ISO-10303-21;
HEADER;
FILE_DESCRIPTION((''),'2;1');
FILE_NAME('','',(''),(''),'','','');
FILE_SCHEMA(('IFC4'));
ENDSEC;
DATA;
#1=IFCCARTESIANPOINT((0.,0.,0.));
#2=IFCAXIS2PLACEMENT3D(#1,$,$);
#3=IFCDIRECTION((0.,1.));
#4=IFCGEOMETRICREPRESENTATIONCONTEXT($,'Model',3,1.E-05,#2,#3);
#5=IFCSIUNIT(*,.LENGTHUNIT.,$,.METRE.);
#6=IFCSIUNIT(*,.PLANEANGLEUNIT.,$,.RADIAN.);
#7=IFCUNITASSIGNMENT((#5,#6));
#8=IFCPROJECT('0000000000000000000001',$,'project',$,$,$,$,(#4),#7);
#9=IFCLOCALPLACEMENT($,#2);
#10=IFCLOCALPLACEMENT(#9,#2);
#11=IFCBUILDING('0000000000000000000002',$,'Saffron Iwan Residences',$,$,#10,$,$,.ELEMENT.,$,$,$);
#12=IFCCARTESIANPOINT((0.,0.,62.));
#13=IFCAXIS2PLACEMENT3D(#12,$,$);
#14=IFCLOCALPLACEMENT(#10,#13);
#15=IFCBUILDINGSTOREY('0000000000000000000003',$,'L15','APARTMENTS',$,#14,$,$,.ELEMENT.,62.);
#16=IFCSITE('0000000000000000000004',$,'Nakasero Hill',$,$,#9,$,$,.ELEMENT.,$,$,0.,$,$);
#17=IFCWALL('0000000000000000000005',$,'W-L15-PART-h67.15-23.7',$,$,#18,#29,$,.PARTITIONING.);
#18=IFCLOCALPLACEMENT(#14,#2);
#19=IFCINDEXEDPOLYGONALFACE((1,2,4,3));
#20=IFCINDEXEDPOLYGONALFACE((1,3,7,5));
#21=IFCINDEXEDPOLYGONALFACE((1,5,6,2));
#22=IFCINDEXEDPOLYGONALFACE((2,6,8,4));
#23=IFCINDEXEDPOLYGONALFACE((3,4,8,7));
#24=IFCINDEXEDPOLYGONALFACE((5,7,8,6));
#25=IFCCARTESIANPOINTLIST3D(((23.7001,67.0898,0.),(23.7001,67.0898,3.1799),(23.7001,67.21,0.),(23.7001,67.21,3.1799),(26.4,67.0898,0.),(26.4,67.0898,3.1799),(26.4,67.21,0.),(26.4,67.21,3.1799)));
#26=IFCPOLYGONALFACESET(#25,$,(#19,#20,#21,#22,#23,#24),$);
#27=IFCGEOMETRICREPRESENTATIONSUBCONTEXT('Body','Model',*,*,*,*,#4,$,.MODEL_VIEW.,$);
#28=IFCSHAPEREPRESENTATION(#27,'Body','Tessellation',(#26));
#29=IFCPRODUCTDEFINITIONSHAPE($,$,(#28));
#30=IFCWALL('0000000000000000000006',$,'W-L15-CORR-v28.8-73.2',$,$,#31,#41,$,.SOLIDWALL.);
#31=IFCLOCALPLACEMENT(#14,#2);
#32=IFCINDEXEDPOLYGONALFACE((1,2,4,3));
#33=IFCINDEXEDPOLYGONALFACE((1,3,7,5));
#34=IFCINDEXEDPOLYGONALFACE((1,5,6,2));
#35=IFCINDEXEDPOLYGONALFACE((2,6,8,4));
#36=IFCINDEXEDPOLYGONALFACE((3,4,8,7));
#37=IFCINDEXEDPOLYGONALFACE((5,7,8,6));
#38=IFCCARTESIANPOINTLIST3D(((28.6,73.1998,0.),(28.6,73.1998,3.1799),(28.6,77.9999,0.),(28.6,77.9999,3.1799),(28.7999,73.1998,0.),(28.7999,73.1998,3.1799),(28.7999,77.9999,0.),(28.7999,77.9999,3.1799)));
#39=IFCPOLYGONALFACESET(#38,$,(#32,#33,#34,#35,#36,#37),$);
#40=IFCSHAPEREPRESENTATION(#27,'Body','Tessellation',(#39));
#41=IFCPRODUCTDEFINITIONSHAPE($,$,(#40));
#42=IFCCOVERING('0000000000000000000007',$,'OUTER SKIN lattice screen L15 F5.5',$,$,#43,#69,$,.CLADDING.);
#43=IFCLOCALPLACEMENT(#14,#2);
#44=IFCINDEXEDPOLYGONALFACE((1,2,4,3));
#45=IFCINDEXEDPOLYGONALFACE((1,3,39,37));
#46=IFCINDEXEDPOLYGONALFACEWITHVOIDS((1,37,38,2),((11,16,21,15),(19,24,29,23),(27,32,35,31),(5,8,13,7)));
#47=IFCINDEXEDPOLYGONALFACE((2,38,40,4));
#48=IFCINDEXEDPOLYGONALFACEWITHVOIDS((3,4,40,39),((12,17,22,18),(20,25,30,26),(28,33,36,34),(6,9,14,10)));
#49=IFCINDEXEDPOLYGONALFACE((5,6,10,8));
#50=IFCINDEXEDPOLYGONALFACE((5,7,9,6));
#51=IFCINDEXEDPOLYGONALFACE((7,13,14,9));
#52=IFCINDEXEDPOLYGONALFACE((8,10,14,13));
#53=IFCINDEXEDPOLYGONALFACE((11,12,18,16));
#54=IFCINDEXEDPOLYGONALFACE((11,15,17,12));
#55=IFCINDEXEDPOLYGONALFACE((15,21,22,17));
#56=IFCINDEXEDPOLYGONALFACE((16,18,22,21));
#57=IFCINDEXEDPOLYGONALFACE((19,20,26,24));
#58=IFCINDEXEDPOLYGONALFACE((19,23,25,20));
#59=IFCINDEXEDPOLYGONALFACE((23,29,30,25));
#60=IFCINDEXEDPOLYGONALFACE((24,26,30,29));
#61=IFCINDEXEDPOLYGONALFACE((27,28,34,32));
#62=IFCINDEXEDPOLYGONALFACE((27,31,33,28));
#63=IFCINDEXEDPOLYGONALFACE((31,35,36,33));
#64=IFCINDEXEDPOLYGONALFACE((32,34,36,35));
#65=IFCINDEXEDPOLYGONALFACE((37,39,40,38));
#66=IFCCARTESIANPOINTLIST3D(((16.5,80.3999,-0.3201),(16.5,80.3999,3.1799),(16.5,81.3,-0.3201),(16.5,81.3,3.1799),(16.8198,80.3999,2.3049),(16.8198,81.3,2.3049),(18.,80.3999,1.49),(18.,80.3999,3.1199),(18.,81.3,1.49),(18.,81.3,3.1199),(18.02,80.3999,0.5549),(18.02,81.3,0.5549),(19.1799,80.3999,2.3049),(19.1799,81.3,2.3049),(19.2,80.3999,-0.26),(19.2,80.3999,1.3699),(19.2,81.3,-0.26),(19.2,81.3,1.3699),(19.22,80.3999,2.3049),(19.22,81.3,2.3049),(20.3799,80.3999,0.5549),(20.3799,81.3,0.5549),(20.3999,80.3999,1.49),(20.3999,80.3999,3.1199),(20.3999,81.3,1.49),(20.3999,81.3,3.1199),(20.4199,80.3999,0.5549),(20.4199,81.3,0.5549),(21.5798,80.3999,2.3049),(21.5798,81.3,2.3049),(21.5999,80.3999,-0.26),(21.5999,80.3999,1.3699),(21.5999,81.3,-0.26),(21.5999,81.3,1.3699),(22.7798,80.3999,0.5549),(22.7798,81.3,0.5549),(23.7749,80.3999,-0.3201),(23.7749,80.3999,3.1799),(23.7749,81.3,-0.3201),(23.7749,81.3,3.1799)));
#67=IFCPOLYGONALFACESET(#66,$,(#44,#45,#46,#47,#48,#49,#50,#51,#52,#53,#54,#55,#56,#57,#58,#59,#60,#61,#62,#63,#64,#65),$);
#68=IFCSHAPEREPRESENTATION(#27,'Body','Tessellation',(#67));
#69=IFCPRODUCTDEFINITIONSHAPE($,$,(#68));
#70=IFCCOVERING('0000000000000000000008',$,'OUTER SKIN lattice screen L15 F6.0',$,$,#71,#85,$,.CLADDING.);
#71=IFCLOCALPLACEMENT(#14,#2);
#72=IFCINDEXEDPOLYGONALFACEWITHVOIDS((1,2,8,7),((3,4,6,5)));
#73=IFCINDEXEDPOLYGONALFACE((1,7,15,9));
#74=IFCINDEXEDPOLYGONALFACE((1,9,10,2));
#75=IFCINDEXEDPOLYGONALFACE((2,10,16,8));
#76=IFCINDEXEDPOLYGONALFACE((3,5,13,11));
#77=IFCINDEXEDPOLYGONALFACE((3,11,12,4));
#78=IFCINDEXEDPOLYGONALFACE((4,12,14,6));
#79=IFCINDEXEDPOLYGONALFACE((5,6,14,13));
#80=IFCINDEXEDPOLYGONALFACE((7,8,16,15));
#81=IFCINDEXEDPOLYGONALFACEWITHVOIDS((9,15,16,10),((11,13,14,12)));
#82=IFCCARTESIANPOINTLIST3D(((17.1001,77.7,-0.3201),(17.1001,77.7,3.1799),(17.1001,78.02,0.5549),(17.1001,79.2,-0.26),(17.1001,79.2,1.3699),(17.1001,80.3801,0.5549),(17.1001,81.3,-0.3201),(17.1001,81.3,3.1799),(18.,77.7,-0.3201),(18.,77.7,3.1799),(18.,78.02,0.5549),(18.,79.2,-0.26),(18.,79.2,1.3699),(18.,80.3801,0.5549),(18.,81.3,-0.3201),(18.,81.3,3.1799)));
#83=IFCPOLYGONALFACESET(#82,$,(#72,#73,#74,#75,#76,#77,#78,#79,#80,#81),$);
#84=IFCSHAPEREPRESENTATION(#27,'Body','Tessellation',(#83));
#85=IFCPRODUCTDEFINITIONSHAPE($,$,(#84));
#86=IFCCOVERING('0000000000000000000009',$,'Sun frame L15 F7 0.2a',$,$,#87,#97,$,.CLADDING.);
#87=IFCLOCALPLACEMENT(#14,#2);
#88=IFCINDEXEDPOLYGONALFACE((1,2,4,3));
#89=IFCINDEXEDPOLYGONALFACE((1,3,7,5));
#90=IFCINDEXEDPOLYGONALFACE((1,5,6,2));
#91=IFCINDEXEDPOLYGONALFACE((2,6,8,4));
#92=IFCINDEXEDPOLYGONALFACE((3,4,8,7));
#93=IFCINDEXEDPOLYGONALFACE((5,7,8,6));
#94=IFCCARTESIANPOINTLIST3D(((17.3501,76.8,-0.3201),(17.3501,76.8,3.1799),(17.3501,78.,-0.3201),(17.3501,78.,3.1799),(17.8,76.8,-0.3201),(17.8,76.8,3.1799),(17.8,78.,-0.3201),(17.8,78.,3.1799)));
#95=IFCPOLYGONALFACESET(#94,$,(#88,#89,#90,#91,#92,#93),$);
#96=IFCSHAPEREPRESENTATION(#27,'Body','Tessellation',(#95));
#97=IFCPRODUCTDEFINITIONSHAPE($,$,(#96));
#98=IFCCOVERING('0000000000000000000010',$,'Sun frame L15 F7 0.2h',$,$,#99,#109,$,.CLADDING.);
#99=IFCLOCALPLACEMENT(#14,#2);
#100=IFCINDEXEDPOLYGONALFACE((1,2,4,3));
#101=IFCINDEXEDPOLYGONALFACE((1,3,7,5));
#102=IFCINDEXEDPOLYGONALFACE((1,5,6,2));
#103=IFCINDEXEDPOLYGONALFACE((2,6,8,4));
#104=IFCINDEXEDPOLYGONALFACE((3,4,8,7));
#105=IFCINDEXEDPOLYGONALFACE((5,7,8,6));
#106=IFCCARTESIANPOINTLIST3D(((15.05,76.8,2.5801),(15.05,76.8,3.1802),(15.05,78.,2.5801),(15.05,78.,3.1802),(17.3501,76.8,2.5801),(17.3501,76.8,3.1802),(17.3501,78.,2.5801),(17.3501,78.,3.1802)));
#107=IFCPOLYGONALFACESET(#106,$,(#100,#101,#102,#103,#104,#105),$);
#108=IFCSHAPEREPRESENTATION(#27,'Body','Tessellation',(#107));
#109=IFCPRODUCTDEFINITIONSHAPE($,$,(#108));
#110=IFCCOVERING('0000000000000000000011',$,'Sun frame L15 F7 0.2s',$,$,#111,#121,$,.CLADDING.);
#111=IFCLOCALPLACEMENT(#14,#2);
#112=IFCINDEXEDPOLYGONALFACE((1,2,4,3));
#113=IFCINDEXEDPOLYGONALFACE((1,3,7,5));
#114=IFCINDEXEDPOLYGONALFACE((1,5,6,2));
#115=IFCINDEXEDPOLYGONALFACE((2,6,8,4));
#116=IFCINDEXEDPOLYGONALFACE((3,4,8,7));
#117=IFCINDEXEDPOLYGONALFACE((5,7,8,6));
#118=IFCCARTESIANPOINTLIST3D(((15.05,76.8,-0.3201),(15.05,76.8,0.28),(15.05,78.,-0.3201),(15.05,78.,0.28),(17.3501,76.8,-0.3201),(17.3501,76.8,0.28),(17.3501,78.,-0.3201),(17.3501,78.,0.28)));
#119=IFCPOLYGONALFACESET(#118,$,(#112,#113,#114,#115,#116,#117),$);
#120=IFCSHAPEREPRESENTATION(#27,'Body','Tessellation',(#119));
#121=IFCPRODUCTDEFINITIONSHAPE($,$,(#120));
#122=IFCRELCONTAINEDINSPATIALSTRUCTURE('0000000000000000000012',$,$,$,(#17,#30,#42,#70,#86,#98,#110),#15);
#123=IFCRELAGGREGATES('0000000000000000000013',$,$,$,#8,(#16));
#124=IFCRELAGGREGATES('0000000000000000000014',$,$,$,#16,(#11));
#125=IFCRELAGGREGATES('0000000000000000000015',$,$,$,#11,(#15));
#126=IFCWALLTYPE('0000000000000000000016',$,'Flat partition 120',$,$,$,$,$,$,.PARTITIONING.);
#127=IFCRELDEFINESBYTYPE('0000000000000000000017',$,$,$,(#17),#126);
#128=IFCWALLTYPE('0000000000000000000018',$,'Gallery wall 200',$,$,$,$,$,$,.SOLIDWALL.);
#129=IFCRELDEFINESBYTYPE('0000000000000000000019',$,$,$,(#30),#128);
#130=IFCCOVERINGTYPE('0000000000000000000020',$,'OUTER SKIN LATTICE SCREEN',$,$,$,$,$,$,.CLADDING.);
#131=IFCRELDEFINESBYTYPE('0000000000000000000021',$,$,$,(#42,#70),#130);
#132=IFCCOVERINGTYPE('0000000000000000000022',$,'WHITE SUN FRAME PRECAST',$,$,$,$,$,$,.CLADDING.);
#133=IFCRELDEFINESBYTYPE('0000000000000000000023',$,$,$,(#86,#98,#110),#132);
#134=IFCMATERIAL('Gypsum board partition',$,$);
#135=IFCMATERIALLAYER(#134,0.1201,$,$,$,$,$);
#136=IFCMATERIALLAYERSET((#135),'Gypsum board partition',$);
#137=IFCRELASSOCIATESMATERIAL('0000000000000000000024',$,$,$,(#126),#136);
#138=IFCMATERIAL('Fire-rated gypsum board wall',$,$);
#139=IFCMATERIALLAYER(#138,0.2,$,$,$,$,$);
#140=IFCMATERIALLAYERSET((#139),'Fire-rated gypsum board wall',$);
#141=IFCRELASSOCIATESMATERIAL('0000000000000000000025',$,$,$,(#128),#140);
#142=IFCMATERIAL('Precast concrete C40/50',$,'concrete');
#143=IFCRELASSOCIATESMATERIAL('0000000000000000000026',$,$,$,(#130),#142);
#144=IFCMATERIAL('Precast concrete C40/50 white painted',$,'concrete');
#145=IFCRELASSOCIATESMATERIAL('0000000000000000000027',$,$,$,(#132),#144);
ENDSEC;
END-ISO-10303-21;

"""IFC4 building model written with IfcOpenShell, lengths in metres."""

from ifc_helpers import new_model, si_unit, direction, frame, frame_2d, origin, place, context, subcontext, project, spatial, polyline, rectangle, outline, extrude, material, layer, layer_set, type_object, element, save


model = new_model("IFC4")

# Units and contexts
model_context = context("Model", 3, precision=1e-05, world=origin(), true_north=direction((0.0, 1.0)))
body_context = subcontext(model_context, "Body", "Model", "MODEL_VIEW")
ifc_project = project(units=[si_unit("LENGTHUNIT", "METRE"), si_unit("PLANEANGLEUNIT", "RADIAN")], contexts=[model_context])

# Site, building, storey
site_placement = place(None, origin())
site = spatial("IfcSite", under=ifc_project, at=site_placement, Name="Nakasero Hill", CompositionType="ELEMENT", RefElevation=0.0)
building_placement = place(site_placement, origin())
building = spatial("IfcBuilding", under=site, at=building_placement, Name="Saffron Iwan Residences", CompositionType="ELEMENT")
storey_placement = place(building_placement, frame((0.0, 0.0, 62.0)))
storey = spatial("IfcBuildingStorey", under=building, at=storey_placement, Name="L15", Description="APARTMENTS", CompositionType="ELEMENT", Elevation=62.0)

# Walls
ifc_material_1 = material(Name="Gypsum board partition")
ifc_layer_1 = layer(ifc_material_1, 0.1201)
ifc_layer_set_1 = layer_set([ifc_layer_1], Name="Gypsum board partition")
wall_type_1 = type_object("IfcWallType", Name="Flat partition 120", PredefinedType="PARTITIONING", material=ifc_layer_set_1)
wall_1_placement = place(storey_placement, frame((23.7, 67.1499, 0.0), z_axis=(0.0, 0.0, 1.0), x_axis=(1.0, 0.0, 0.0)))
element("IfcWall", 1, at=wall_1_placement, inside=storey, type_object=wall_type_1, Name="W-L15-PART-h67.15-23.7", PredefinedType="PARTITIONING", context=body_context, shape_type="SweptSolid", body=[
    extrude(rectangle(XDim=2.7, YDim=0.1201, at=frame_2d((1.3501, 0.0))), origin(), (0.0, 0.0, 1.0), 3.1799),
])
ifc_material_2 = material(Name="Fire-rated gypsum board wall")
ifc_layer_2 = layer(ifc_material_2, 0.2)
ifc_layer_set_2 = layer_set([ifc_layer_2], Name="Fire-rated gypsum board wall")
wall_type_2 = type_object("IfcWallType", Name="Gallery wall 200", PredefinedType="SOLIDWALL", material=ifc_layer_set_2)
wall_2_placement = place(storey_placement, frame((28.7, 73.2, 0.0), z_axis=(0.0, 0.0, 1.0), x_axis=(0.0, 1.0, 0.0)))
element("IfcWall", 2, at=wall_2_placement, inside=storey, type_object=wall_type_2, Name="W-L15-CORR-v28.8-73.2", PredefinedType="SOLIDWALL", context=body_context, shape_type="SweptSolid", body=[
    extrude(rectangle(XDim=4.8, YDim=0.2, at=frame_2d((2.3999, 0.0))), origin(), (0.0, 0.0, 1.0), 3.1799),
])

# Coverings
ifc_material_3 = material(Name="Precast concrete C40/50", Category="concrete")
covering_type_1 = type_object("IfcCoveringType", Name="OUTER SKIN LATTICE SCREEN", PredefinedType="CLADDING", material=ifc_material_3)
covering_1_placement = place(storey_placement, frame((23.7749, 80.3999, -0.3201), z_axis=(0.0, 1.0, 0.0), x_axis=(-1.0, 0.0, 0.0)))
element("IfcCovering", 3, at=covering_1_placement, inside=storey, type_object=covering_type_1, Name="OUTER SKIN lattice screen L15 F5.5", PredefinedType="CLADDING", context=body_context, shape_type="SweptSolid", body=[
    extrude(outline(polyline([(0.0, 0.0), (7.2749, 0.0), (7.2749, 3.5), (0.0, 3.5), (0.0, 0.0)]), holes=[polyline([(0.9951, 0.875), (2.175, 0.0601), (3.355, 0.875), (2.175, 1.6899), (0.9951, 0.875)]), polyline([(3.395, 0.875), (4.575, 0.0601), (5.7549, 0.875), (4.575, 1.6899), (3.395, 0.875)]), polyline([(2.1951, 2.625), (3.375, 1.8101), (4.5549, 2.625), (3.375, 3.4399), (2.1951, 2.625)]), polyline([(4.595, 2.625), (5.7749, 1.8101), (6.9551, 2.625), (5.7749, 3.4399), (4.595, 2.625)])]), origin(), (0.0, 0.0, 1.0), 0.9001),
])
covering_2_placement = place(storey_placement, frame((18.0, 81.3, -0.3201), z_axis=(-1.0, 0.0, 0.0), x_axis=(0.0, -1.0, 0.0)))
element("IfcCovering", 4, at=covering_2_placement, inside=storey, type_object=covering_type_1, Name="OUTER SKIN lattice screen L15 F6.0", PredefinedType="CLADDING", context=body_context, shape_type="SweptSolid", body=[
    extrude(outline(polyline([(0.0, 0.0), (3.6001, 0.0), (3.6001, 3.5), (0.0, 3.5), (0.0, 0.0)]), holes=[polyline([(0.9199, 0.875), (2.1001, 0.0601), (3.28, 0.875), (2.1001, 1.6899), (0.9199, 0.875)])]), origin(), (0.0, 0.0, 1.0), 0.8999),
])
ifc_material_4 = material(Name="Precast concrete C40/50 white painted", Category="concrete")
covering_type_2 = type_object("IfcCoveringType", Name="WHITE SUN FRAME PRECAST", PredefinedType="CLADDING", material=ifc_material_4)
covering_3_placement = place(storey_placement, frame((17.8, 76.8, -0.3201), z_axis=(0.0, 1.0, 0.0), x_axis=(-1.0, 0.0, 0.0)))
element("IfcCovering", 5, at=covering_3_placement, inside=storey, type_object=covering_type_2, Name="Sun frame L15 F7 0.2a", PredefinedType="CLADDING", context=body_context, shape_type="SweptSolid", body=[
    extrude(outline(polyline([(0.0, 0.0), (0.45, 0.0), (0.45, 3.5), (0.0, 3.5), (0.0, 0.0)])), origin(), (0.0, 0.0, 1.0), 1.2),
])
for number, where, z_axis, x_axis, name in (
    (6, (17.3501, 76.8, 2.5801), (0.0, 1.0, 0.0), (-1.0, 0.0, 0.0), "Sun frame L15 F7 0.2h"),
    (7, (17.3501, 76.8, -0.3201), (0.0, 1.0, 0.0), (-1.0, 0.0, 0.0), "Sun frame L15 F7 0.2s"),
):
    element("IfcCovering", number, at=place(storey_placement, frame(where, z_axis=z_axis, x_axis=x_axis)), inside=storey, type_object=covering_type_2, Name=name, PredefinedType="CLADDING", context=body_context, shape_type="SweptSolid", body=[
        extrude(outline(polyline([(0.0, 0.0), (2.3, 0.0), (2.3, 0.6001), (0.0, 0.6001), (0.0, 0.0)])), origin(), (0.0, 0.0, 1.0), 1.2),
    ])

save(model, "model.ifc")
